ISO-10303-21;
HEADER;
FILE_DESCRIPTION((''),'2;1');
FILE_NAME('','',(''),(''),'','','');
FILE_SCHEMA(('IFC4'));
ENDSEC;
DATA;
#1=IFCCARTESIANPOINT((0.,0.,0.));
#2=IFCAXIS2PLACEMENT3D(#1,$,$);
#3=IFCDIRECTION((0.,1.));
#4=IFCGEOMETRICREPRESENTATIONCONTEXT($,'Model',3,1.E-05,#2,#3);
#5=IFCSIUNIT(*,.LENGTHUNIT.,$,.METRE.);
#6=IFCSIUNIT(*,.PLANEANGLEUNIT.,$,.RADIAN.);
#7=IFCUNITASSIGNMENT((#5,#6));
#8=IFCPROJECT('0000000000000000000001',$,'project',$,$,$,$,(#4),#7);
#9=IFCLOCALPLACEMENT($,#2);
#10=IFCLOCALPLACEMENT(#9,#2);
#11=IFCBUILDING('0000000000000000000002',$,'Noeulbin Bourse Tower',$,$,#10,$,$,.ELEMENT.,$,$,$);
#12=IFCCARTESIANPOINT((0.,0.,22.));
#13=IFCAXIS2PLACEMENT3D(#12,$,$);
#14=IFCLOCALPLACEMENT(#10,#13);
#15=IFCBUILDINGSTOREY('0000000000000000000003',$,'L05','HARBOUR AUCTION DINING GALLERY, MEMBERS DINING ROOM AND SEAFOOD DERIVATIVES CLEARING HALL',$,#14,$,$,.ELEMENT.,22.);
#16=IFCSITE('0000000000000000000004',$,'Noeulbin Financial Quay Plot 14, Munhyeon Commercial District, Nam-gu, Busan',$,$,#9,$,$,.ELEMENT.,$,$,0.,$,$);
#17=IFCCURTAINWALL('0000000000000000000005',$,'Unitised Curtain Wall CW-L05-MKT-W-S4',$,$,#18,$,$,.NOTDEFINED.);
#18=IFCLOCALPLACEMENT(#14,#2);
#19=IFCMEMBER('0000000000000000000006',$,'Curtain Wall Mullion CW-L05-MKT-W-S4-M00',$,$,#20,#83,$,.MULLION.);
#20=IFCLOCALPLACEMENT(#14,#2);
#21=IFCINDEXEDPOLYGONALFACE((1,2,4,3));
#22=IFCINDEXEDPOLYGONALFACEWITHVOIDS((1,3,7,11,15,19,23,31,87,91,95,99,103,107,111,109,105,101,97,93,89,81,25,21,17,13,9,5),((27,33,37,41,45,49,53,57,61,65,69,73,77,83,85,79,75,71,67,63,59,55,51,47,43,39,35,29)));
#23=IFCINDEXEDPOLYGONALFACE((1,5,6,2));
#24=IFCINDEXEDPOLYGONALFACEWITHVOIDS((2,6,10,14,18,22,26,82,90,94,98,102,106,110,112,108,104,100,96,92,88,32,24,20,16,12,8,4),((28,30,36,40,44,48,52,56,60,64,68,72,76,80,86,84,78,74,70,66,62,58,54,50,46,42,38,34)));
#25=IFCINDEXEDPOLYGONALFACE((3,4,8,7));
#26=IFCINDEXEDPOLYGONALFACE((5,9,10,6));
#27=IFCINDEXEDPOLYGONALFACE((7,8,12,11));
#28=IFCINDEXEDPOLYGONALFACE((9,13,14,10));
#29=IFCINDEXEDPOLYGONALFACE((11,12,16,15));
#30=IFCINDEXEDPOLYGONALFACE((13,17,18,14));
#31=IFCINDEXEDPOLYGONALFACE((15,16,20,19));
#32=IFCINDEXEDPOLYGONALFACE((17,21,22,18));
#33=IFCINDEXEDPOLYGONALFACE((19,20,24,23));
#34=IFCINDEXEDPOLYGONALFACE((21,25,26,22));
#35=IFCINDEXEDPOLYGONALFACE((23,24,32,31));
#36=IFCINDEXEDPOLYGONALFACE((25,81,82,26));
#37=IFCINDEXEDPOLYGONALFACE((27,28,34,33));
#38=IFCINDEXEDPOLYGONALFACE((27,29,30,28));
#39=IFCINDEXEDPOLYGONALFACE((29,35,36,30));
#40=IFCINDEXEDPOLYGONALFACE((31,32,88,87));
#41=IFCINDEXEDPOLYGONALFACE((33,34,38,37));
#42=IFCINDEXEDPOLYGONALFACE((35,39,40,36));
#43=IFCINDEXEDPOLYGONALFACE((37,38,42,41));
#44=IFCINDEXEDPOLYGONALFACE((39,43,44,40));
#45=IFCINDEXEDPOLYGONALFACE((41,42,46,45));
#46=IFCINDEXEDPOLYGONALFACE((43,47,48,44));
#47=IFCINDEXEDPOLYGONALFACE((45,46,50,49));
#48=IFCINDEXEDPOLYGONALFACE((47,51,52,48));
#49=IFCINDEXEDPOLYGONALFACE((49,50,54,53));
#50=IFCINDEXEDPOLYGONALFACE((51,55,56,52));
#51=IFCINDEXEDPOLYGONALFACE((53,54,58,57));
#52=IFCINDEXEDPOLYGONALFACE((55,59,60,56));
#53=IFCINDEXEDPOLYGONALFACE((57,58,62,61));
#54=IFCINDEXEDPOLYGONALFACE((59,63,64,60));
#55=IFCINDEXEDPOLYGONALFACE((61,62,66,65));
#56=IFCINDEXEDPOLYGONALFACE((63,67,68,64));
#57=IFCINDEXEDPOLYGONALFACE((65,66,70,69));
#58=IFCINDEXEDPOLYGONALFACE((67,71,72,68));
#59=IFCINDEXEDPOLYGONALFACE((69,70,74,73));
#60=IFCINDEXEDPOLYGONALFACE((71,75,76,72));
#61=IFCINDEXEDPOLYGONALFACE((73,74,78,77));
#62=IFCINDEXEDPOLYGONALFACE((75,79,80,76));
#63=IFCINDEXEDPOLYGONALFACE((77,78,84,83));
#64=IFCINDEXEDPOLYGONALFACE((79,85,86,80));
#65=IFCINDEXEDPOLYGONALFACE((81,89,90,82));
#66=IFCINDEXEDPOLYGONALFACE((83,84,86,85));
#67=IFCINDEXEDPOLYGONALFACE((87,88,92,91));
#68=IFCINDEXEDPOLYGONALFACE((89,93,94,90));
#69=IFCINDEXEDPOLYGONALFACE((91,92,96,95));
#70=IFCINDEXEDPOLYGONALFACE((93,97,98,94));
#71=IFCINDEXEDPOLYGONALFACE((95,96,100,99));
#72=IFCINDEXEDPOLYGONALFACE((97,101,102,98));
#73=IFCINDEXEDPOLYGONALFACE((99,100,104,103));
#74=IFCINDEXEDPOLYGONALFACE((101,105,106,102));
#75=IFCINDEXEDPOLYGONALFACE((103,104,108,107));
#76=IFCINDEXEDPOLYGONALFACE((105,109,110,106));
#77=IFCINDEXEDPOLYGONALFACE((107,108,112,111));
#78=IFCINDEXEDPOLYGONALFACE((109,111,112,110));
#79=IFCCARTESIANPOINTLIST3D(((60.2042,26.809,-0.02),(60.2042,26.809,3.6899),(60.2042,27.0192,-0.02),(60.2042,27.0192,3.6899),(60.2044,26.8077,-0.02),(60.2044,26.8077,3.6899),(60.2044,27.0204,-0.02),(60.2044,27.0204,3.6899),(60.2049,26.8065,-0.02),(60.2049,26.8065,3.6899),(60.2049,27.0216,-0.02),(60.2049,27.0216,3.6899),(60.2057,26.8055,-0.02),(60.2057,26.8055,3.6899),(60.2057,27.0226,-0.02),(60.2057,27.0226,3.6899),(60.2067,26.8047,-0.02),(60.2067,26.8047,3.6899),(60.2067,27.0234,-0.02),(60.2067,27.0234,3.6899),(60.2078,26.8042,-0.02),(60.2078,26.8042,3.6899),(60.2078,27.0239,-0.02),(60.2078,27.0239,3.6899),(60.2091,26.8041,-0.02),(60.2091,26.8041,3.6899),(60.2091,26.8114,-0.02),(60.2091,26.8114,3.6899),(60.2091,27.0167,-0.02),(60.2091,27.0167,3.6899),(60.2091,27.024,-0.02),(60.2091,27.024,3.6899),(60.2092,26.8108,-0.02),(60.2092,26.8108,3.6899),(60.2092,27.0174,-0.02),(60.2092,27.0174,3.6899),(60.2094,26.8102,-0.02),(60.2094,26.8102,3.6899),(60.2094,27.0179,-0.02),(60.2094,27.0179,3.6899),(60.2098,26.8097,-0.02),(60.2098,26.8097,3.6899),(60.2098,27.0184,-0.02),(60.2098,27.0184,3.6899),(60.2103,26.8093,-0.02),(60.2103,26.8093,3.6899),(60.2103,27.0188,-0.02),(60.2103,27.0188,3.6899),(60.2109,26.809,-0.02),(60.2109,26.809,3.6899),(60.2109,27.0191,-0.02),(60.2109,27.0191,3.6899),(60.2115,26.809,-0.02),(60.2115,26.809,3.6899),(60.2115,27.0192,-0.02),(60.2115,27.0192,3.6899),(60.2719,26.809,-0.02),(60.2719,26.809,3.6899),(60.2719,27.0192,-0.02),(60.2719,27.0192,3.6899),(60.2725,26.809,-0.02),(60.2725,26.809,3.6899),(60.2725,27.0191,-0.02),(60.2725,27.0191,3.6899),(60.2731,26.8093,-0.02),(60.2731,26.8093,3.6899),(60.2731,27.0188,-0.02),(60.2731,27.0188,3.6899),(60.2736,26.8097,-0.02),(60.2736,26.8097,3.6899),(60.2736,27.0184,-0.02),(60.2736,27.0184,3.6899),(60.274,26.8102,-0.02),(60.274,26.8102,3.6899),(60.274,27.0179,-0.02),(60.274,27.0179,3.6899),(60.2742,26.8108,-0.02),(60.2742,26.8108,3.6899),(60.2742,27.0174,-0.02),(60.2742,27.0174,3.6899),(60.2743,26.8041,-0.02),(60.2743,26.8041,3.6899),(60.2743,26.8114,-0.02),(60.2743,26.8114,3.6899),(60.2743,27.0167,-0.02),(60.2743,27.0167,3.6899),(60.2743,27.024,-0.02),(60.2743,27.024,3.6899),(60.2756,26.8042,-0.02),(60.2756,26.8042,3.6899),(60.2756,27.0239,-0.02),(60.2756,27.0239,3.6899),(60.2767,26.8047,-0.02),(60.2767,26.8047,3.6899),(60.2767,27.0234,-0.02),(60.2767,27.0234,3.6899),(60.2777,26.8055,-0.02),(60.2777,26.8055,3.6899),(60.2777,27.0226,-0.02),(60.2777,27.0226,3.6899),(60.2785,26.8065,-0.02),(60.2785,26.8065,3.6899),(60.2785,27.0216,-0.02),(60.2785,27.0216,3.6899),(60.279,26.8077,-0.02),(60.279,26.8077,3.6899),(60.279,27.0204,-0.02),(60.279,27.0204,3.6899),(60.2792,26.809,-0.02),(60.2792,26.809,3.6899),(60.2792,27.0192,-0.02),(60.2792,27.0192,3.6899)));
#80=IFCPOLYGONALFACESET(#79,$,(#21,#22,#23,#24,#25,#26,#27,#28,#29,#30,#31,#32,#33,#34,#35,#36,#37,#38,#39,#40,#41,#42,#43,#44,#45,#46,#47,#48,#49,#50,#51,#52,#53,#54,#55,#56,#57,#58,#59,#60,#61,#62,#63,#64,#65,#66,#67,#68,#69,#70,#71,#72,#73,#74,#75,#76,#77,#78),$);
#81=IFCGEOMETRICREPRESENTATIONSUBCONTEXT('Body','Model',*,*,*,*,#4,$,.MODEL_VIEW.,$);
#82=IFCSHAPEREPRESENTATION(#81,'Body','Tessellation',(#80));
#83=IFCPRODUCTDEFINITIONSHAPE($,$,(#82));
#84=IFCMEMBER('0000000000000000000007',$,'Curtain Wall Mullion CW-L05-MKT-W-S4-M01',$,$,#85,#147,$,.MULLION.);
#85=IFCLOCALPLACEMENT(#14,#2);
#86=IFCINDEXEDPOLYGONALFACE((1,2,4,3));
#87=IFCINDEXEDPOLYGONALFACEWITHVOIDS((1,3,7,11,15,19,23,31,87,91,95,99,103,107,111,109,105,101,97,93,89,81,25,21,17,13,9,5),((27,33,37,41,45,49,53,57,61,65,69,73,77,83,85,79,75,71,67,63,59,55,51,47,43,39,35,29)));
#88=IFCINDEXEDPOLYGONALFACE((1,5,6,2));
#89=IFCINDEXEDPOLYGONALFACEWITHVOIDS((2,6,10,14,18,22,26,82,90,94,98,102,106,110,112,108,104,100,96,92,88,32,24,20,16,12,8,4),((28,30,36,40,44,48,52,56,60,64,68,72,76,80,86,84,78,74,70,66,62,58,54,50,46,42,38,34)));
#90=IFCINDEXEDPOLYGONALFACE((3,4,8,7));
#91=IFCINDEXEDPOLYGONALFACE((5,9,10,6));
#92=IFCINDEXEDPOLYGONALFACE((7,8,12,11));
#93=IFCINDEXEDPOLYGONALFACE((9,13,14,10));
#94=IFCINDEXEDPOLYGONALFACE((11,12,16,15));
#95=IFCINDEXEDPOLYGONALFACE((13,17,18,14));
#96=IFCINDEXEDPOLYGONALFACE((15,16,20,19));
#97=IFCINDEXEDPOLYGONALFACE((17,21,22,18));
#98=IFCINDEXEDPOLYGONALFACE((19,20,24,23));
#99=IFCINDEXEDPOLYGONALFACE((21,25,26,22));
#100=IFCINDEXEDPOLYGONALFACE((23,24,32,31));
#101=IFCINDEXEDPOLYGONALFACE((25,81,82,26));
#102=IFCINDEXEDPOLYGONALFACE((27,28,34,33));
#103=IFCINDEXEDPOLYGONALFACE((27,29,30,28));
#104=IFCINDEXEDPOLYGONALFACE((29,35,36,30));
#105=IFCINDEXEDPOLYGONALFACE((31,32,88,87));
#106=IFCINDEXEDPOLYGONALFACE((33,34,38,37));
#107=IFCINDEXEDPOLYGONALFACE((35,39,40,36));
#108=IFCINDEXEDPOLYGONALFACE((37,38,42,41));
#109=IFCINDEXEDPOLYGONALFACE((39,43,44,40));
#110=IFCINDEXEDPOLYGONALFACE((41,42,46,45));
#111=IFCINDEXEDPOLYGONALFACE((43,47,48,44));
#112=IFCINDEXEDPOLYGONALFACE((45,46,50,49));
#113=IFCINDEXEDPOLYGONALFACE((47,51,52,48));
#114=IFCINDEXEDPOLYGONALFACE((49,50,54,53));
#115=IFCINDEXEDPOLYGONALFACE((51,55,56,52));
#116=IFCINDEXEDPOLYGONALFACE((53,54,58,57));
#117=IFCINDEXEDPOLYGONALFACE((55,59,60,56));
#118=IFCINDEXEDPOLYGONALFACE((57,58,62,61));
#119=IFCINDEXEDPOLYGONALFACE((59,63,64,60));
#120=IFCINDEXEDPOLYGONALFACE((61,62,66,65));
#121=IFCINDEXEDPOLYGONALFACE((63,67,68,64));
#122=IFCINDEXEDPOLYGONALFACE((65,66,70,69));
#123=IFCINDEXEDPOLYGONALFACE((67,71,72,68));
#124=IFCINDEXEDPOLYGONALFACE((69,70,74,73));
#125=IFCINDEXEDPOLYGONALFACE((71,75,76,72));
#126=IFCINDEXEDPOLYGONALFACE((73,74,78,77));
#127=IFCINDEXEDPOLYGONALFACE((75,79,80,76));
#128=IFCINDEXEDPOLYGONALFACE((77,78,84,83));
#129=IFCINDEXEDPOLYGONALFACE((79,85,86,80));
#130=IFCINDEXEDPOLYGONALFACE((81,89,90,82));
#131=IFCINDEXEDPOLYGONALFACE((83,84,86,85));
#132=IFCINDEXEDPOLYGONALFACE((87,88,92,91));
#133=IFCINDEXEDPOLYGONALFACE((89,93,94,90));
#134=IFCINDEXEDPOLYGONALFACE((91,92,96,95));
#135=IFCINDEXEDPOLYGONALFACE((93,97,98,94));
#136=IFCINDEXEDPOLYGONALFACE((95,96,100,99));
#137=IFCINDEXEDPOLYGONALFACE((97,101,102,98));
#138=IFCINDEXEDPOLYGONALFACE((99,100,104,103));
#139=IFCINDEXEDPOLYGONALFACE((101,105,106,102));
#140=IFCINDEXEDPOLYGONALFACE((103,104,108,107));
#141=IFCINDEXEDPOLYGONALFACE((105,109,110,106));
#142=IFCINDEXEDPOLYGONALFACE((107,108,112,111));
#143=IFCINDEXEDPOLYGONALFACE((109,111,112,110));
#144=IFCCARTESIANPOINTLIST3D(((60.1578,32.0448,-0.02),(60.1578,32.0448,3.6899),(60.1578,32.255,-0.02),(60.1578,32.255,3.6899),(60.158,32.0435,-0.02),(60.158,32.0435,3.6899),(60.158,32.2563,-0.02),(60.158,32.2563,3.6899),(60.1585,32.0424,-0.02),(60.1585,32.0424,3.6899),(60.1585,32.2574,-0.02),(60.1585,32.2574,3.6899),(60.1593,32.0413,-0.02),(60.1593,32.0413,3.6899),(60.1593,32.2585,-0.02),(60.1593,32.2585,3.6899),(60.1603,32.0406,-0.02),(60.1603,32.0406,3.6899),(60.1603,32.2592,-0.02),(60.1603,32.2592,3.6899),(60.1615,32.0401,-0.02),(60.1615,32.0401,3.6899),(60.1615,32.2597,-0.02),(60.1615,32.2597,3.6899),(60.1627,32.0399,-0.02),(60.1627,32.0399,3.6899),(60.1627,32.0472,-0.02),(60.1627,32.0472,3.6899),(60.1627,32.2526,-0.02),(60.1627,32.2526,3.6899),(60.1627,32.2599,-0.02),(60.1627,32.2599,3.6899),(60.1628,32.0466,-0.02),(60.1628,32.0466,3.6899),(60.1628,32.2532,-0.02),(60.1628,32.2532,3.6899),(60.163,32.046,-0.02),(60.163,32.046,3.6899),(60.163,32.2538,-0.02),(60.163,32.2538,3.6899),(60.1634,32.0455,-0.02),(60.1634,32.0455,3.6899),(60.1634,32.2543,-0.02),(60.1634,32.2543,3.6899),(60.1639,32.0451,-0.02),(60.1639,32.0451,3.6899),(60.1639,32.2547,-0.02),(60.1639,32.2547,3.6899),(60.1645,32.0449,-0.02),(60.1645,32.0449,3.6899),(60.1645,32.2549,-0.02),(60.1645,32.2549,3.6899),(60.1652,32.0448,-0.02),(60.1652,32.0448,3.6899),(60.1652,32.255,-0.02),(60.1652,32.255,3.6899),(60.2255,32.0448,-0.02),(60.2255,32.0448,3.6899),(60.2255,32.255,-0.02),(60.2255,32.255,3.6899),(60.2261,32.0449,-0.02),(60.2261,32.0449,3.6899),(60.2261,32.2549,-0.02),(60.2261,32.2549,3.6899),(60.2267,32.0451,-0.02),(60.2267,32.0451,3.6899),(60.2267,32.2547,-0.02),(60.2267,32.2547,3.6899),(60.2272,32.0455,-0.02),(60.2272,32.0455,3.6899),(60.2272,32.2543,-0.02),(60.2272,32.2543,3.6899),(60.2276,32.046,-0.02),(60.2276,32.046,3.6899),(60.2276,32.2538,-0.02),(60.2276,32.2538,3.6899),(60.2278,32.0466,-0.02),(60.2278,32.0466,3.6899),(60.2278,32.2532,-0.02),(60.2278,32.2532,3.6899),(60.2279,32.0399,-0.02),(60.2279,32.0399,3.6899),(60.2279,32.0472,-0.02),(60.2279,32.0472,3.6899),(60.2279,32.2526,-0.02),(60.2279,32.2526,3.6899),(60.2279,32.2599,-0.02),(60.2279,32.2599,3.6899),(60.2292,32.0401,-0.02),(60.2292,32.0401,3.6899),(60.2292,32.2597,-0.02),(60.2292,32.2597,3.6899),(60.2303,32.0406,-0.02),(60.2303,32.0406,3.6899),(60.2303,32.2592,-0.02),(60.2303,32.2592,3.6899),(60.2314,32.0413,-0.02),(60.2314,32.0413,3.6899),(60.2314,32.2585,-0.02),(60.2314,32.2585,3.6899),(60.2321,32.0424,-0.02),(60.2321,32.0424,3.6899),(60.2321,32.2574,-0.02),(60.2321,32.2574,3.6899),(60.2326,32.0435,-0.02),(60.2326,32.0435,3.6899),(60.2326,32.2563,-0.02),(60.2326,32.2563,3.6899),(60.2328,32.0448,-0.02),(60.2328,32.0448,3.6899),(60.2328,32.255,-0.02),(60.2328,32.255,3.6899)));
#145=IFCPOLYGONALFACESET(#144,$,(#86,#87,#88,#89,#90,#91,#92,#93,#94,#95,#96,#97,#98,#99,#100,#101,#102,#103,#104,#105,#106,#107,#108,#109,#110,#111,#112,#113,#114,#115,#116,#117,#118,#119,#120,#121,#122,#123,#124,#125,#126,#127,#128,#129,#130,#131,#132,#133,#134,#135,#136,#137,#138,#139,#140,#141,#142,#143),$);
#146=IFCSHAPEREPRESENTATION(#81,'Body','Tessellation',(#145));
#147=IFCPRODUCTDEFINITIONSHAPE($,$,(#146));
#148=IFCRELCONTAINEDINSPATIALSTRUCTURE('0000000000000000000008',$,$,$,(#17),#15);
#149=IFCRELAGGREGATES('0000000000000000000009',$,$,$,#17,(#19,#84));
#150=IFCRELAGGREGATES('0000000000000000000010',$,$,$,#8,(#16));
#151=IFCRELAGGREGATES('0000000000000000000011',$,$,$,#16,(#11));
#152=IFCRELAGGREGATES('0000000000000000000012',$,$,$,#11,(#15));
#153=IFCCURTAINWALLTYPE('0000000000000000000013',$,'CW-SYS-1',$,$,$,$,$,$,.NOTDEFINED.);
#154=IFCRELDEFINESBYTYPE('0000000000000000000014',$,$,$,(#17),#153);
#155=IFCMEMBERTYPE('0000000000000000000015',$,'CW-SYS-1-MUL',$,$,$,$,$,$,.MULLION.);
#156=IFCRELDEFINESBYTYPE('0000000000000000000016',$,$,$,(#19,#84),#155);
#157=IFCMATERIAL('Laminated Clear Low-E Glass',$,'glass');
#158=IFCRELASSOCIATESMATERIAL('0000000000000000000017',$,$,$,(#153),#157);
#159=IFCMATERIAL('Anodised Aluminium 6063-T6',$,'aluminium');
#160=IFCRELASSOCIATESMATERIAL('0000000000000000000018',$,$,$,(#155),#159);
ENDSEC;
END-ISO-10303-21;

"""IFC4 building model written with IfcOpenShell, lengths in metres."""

from ifc_helpers import new_model, si_unit, direction, frame, origin, origin_2d, place, context, subcontext, project, spatial, hollow_rectangle, extrude, material, material_profile, profile_set, type_object, element, aggregate, save


model = new_model("IFC4")

# Units and contexts
model_context = context("Model", 3, precision=1e-05, world=origin(), true_north=direction((0.0, 1.0)))
body_context = subcontext(model_context, "Body", "Model", "MODEL_VIEW")
ifc_project = project(units=[si_unit("LENGTHUNIT", "METRE"), si_unit("PLANEANGLEUNIT", "RADIAN")], contexts=[model_context])

# Site, building, storey
site_placement = place(None, origin())
site = spatial("IfcSite", under=ifc_project, at=site_placement, Name="Noeulbin Financial Quay Plot 14, Munhyeon Commercial District, Nam-gu, Busan", CompositionType="ELEMENT", RefElevation=0.0)
building_placement = place(site_placement, origin())
building = spatial("IfcBuilding", under=site, at=building_placement, Name="Noeulbin Bourse Tower", CompositionType="ELEMENT")
storey_placement = place(building_placement, frame((0.0, 0.0, 22.0)))
storey = spatial("IfcBuildingStorey", under=building, at=storey_placement, Name="L05", Description="HARBOUR AUCTION DINING GALLERY, MEMBERS DINING ROOM AND SEAFOOD DERIVATIVES CLEARING HALL", CompositionType="ELEMENT", Elevation=22.0)

# Curtain wall, members
ifc_material_1 = material(Name="Laminated Clear Low-E Glass", Category="glass")
curtain_wall_type_1 = type_object("IfcCurtainWallType", Name="CW-SYS-1", PredefinedType="NOTDEFINED", material=ifc_material_1)
curtain_wall_1_placement = place(storey_placement, origin())
curtain_wall_1 = element("IfcCurtainWall", 1, at=curtain_wall_1_placement, inside=storey, type_object=curtain_wall_type_1, Name="Unitised Curtain Wall CW-L05-MKT-W-S4", PredefinedType="NOTDEFINED")
ifc_material_2 = material(Name="Anodised Aluminium 6063-T6", Category="aluminium")
ifc_material_profile_1 = material_profile(ifc_material_2, hollow_rectangle(XDim=0.075, YDim=0.22, WallThickness=0.0049, InnerFilletRadius=0.0024, OuterFilletRadius=0.0049, at=origin_2d()), Name="ALU-MULL-75x220x5", Category="LoadBearing")
ifc_profile_set_1 = profile_set([ifc_material_profile_1], Name="Anodised Aluminium 6063-T6")
member_type_1 = type_object("IfcMemberType", Name="CW-SYS-1-MUL", PredefinedType="MULLION", material=ifc_profile_set_1)
member_1_placement = place(storey_placement, frame((60.2417, 26.9141, -0.02), z_axis=(0.0, 0.0, 1.0), x_axis=(1.0, 0.0, 0.0)))
member_1 = element("IfcMember", 2, at=member_1_placement, type_object=member_type_1, Name="Curtain Wall Mullion CW-L05-MKT-W-S4-M00", PredefinedType="MULLION", context=body_context, shape_type="SweptSolid", body=[
    extrude(hollow_rectangle(XDim=0.075, YDim=0.22, WallThickness=0.0049, InnerFilletRadius=0.0024, OuterFilletRadius=0.0049, at=origin_2d()), origin(), (0.0, 0.0, 1.0), 3.71),
])
member_2_placement = place(storey_placement, frame((60.1953, 32.1499, -0.02), z_axis=(0.0, 0.0, 1.0), x_axis=(1.0, 0.0, 0.0)))
member_2 = element("IfcMember", 3, at=member_2_placement, type_object=member_type_1, Name="Curtain Wall Mullion CW-L05-MKT-W-S4-M01", PredefinedType="MULLION", context=body_context, shape_type="SweptSolid", body=[
    extrude(hollow_rectangle(XDim=0.075, YDim=0.22, WallThickness=0.0049, InnerFilletRadius=0.0024, OuterFilletRadius=0.0049, at=origin_2d()), origin(), (0.0, 0.0, 1.0), 3.71),
])

aggregate(curtain_wall_1, [member_1, member_2])

save(model, "model.ifc")
